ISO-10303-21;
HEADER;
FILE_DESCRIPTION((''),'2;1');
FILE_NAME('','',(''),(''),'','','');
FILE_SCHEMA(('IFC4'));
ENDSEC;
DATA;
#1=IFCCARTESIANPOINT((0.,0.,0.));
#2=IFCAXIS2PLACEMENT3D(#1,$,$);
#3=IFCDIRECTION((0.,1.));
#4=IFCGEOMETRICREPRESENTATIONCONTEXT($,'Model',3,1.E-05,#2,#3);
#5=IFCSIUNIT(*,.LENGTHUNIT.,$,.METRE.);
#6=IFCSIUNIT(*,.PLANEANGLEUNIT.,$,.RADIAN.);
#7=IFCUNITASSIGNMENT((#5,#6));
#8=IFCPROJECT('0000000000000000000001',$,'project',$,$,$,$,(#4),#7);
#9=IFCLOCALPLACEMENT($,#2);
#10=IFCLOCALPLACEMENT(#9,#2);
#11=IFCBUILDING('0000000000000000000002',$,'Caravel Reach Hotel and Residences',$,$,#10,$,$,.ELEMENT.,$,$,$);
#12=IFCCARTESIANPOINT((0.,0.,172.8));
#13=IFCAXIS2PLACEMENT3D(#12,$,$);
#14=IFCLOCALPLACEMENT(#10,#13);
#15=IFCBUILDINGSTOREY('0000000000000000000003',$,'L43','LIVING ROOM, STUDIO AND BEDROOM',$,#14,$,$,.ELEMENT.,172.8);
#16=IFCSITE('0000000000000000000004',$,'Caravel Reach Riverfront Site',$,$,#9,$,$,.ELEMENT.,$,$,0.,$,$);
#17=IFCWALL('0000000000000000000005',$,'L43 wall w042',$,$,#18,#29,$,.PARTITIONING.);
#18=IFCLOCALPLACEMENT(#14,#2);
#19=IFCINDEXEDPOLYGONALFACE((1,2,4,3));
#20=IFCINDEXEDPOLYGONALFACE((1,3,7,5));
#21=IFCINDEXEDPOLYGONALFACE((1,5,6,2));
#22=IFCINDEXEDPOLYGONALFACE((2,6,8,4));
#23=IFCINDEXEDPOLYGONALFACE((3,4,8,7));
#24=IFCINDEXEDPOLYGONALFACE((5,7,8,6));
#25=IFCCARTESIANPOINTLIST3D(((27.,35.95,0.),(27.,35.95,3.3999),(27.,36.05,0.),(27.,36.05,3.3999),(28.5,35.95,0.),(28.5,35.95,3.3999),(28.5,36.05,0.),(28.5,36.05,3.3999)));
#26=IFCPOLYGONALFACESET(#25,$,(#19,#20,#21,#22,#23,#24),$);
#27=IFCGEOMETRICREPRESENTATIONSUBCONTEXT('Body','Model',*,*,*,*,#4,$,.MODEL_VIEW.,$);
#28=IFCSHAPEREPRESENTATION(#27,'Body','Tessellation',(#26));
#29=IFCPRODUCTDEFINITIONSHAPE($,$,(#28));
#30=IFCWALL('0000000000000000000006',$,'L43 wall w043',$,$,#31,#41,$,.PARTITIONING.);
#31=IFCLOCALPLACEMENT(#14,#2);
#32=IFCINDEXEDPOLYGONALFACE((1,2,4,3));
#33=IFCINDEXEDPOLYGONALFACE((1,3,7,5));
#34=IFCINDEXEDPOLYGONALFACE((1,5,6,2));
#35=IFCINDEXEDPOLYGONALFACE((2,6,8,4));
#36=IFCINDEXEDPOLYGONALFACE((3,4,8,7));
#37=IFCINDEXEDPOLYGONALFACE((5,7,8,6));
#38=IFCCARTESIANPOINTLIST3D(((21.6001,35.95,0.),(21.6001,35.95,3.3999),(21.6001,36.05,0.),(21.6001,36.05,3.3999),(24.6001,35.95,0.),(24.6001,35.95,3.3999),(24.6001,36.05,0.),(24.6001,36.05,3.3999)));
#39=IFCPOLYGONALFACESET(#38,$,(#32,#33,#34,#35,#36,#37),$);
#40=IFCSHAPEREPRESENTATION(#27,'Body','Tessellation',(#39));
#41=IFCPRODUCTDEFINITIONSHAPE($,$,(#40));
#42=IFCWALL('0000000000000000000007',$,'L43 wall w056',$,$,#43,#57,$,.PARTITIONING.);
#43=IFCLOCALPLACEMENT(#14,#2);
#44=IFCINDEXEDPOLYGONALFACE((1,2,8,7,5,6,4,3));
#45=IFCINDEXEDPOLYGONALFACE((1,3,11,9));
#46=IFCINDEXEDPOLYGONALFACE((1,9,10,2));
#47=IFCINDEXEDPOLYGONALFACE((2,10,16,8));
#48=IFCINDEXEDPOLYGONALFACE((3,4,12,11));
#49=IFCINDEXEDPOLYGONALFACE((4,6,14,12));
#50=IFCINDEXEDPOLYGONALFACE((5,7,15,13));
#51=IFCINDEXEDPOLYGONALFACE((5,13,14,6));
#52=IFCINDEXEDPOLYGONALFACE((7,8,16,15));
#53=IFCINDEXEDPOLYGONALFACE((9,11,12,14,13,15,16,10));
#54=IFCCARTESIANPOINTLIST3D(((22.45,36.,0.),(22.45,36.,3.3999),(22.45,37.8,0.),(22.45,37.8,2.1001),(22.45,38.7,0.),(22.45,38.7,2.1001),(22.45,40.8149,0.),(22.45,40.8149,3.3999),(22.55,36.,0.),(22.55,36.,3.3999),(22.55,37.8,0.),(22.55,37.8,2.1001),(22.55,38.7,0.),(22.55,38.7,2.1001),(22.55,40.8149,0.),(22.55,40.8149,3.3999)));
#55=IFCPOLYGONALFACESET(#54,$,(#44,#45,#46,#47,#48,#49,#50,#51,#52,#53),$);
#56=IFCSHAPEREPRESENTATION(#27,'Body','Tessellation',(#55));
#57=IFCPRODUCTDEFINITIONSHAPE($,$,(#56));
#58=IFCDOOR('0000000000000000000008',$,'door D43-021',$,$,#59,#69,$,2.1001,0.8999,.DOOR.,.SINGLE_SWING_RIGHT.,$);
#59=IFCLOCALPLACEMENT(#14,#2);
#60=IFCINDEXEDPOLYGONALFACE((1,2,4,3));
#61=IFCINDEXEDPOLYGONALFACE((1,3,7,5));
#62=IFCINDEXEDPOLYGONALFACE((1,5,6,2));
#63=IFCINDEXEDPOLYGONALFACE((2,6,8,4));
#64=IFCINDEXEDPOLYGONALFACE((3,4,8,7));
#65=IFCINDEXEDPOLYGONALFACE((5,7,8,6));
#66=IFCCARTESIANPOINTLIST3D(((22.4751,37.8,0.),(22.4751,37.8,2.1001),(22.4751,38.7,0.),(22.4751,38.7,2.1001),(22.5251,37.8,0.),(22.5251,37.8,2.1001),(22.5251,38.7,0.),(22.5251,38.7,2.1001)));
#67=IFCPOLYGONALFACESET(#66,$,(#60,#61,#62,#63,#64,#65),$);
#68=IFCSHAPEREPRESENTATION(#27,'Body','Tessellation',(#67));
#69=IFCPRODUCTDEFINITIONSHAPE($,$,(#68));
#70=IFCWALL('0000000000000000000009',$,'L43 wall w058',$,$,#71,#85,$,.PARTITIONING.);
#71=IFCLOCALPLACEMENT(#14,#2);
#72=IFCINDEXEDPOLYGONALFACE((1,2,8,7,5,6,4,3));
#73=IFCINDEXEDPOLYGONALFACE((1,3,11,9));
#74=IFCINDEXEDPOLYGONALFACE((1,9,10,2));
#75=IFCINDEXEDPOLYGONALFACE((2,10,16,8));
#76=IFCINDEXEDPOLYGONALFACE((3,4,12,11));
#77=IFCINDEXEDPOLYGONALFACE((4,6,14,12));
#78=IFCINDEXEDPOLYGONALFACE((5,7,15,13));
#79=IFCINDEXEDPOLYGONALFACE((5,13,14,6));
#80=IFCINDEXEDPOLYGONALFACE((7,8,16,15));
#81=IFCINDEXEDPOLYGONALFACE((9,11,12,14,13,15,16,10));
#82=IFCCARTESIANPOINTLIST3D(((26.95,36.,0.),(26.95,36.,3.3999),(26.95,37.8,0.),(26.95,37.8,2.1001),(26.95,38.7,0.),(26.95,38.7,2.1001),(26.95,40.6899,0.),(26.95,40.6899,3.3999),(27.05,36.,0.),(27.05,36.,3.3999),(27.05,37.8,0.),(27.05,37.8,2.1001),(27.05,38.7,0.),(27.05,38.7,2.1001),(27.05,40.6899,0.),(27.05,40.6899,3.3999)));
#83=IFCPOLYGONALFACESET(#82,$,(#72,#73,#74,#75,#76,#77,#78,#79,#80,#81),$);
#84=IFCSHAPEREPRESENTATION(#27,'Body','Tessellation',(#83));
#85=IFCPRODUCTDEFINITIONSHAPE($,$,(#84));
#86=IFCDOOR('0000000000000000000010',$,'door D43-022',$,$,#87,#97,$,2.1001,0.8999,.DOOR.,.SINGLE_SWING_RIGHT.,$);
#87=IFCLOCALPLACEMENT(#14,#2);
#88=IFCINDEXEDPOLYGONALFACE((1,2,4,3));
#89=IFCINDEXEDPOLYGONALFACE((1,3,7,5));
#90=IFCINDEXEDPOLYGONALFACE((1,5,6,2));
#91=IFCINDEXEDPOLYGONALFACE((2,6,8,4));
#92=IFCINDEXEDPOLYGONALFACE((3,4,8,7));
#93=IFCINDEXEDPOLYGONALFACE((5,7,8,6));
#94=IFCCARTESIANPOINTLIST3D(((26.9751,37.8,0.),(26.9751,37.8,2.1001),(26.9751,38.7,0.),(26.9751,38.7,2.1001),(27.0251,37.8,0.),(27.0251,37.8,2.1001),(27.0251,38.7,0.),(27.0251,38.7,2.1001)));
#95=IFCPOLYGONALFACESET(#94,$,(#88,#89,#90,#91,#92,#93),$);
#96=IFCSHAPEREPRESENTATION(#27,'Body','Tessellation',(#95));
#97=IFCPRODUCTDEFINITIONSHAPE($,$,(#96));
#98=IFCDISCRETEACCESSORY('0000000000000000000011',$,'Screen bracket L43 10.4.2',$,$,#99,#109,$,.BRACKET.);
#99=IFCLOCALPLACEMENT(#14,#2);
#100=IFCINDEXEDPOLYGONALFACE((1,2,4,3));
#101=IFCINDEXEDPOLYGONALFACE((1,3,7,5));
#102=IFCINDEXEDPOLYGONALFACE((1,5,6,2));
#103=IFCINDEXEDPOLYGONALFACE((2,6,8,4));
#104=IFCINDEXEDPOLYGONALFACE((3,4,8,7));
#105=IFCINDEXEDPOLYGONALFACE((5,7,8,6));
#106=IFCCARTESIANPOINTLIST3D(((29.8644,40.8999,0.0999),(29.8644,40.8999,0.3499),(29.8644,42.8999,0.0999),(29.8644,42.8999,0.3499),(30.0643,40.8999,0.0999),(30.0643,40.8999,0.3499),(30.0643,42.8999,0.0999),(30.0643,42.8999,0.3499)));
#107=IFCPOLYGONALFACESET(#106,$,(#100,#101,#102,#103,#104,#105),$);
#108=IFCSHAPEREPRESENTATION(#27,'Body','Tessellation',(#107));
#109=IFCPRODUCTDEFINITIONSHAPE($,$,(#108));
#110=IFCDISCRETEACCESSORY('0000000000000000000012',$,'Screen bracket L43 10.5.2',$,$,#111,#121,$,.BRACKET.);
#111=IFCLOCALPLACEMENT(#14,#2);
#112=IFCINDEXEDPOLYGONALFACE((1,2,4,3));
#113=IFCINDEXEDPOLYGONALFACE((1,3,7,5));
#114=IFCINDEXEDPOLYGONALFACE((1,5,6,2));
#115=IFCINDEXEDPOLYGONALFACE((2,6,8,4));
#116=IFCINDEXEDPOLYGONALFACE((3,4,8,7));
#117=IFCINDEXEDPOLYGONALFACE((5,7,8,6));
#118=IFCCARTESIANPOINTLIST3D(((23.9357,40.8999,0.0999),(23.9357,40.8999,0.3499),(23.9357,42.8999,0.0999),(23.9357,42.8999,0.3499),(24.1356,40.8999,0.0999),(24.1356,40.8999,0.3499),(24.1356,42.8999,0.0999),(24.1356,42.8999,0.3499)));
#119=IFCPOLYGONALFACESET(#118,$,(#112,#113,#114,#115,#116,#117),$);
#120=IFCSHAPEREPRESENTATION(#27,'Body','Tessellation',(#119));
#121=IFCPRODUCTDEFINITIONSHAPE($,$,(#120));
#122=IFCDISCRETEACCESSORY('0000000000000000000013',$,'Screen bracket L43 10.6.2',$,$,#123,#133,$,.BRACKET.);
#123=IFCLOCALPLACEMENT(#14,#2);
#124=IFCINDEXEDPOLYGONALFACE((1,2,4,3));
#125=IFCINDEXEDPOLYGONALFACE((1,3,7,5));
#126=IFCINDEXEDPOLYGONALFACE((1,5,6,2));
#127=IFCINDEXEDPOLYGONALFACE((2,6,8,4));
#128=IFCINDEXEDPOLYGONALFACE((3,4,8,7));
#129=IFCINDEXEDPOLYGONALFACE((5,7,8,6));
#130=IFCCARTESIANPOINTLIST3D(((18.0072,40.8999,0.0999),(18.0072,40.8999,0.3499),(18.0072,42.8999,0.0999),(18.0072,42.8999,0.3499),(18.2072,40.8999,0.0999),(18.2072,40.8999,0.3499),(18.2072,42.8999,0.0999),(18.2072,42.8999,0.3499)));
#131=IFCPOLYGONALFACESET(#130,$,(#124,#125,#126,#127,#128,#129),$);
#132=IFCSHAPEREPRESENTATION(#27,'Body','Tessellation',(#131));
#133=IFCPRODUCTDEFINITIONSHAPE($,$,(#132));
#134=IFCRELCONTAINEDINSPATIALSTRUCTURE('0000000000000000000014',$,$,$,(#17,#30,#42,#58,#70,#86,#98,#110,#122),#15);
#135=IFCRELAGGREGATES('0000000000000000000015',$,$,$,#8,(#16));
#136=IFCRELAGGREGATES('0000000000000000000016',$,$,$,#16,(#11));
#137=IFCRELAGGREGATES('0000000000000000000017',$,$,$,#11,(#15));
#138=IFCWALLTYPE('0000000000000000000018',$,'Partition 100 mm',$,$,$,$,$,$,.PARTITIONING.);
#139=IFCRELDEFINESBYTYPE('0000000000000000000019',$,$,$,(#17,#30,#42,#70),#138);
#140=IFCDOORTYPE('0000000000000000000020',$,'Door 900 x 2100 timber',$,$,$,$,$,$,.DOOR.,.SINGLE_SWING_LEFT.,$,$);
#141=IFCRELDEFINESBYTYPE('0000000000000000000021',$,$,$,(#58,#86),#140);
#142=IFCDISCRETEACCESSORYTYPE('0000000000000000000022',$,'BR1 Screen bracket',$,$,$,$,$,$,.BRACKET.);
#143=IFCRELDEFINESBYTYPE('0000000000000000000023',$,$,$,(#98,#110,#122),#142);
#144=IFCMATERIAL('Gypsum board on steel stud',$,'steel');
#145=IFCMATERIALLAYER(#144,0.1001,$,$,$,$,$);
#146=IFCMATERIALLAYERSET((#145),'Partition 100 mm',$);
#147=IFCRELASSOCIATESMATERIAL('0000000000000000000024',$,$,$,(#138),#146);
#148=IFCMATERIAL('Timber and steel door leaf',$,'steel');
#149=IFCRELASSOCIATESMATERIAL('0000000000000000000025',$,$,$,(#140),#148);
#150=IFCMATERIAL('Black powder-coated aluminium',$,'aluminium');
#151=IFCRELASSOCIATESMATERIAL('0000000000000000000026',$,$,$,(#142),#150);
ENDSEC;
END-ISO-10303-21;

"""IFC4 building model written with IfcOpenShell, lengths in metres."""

from ifc_helpers import new_model, si_unit, direction, frame, frame_2d, origin, origin_2d, place, context, subcontext, project, spatial, rectangle, extrude, material, layer, layer_set, type_object, element, fill, save


model = new_model("IFC4")

# Units and contexts
model_context = context("Model", 3, precision=1e-05, world=origin(), true_north=direction((0.0, 1.0)))
body_context = subcontext(model_context, "Body", "Model", "MODEL_VIEW")
ifc_project = project(units=[si_unit("LENGTHUNIT", "METRE"), si_unit("PLANEANGLEUNIT", "RADIAN")], contexts=[model_context])

# Site, building, storey
site_placement = place(None, origin())
site = spatial("IfcSite", under=ifc_project, at=site_placement, Name="Caravel Reach Riverfront Site", CompositionType="ELEMENT", RefElevation=0.0)
building_placement = place(site_placement, origin())
building = spatial("IfcBuilding", under=site, at=building_placement, Name="Caravel Reach Hotel and Residences", CompositionType="ELEMENT")
storey_placement = place(building_placement, frame((0.0, 0.0, 172.8)))
storey = spatial("IfcBuildingStorey", under=building, at=storey_placement, Name="L43", Description="LIVING ROOM, STUDIO AND BEDROOM", CompositionType="ELEMENT", Elevation=172.8)

# Walls
ifc_material_1 = material(Name="Gypsum board on steel stud", Category="steel")
ifc_layer_1 = layer(ifc_material_1, 0.1001)
ifc_layer_set_1 = layer_set([ifc_layer_1], Name="Partition 100 mm")
wall_type_1 = type_object("IfcWallType", Name="Partition 100 mm", PredefinedType="PARTITIONING", material=ifc_layer_set_1)
wall_1_placement = place(storey_placement, frame((27.0, 36.0, 0.0), z_axis=(0.0, 0.0, 1.0), x_axis=(1.0, 0.0, 0.0)))
element("IfcWall", 1, at=wall_1_placement, inside=storey, type_object=wall_type_1, Name="L43 wall w042", PredefinedType="PARTITIONING", context=body_context, shape_type="SweptSolid", body=[
    extrude(rectangle(XDim=1.5, YDim=0.1001, at=frame_2d((0.75, 0.0))), origin(), (0.0, 0.0, 1.0), 3.3999),
])
wall_2_placement = place(storey_placement, frame((21.6001, 36.0, 0.0), z_axis=(0.0, 0.0, 1.0), x_axis=(1.0, 0.0, 0.0)))
element("IfcWall", 2, at=wall_2_placement, inside=storey, type_object=wall_type_1, Name="L43 wall w043", PredefinedType="PARTITIONING", context=body_context, shape_type="SweptSolid", body=[
    extrude(rectangle(XDim=3.0, YDim=0.1001, at=frame_2d((1.5, 0.0))), origin(), (0.0, 0.0, 1.0), 3.3999),
])

# Walls, openings, doors
wall_3_placement = place(storey_placement, frame((22.5, 36.0, 0.0), z_axis=(0.0, 0.0, 1.0), x_axis=(0.0, 1.0, 0.0)))
wall_3 = element("IfcWall", 3, at=wall_3_placement, inside=storey, type_object=wall_type_1, Name="L43 wall w056", PredefinedType="PARTITIONING", context=body_context, shape_type="SweptSolid", body=[
    extrude(rectangle(XDim=4.8149, YDim=0.1001, at=frame_2d((2.4075, 0.0))), origin(), (0.0, 0.0, 1.0), 3.3999),
])
opening_1_placement = place(wall_3_placement, frame((1.8, 0.0, 0.0)))
opening_1 = element("IfcOpeningElement", 4, at=opening_1_placement, cuts=wall_3, PredefinedType="OPENING", context=body_context, shape_type="SweptSolid", body=[
    extrude(rectangle(XDim=0.8999, YDim=2.1001, at=frame_2d((0.45, 1.05))), frame((0.0, 0.0601, 0.0), z_axis=(0.0, -1.0, 0.0), x_axis=(1.0, 0.0, 0.0)), (0.0, 0.0, 1.0), 0.1201),
])
ifc_material_2 = material(Name="Timber and steel door leaf", Category="steel")
door_type_1 = type_object("IfcDoorType", Name="Door 900 x 2100 timber", OperationType="SINGLE_SWING_LEFT", PredefinedType="DOOR", material=ifc_material_2)
door_1_placement = place(opening_1_placement, origin())
door_1 = element("IfcDoor", 5, at=door_1_placement, inside=storey, type_object=door_type_1, Name="door D43-021", OperationType="SINGLE_SWING_RIGHT", OverallHeight=2.1001, OverallWidth=0.8999, PredefinedType="DOOR", context=body_context, shape_type="SweptSolid", body=[
    extrude(rectangle(XDim=0.8999, YDim=2.1001, at=frame_2d((0.45, 1.05))), frame((0.0, 0.0249, 0.0), z_axis=(0.0, -1.0, 0.0), x_axis=(1.0, 0.0, 0.0)), (0.0, 0.0, 1.0), 0.05),
])
fill(opening_1, door_1)
wall_4_placement = place(storey_placement, frame((27.0, 36.0, 0.0), z_axis=(0.0, 0.0, 1.0), x_axis=(0.0, 1.0, 0.0)))
wall_4 = element("IfcWall", 6, at=wall_4_placement, inside=storey, type_object=wall_type_1, Name="L43 wall w058", PredefinedType="PARTITIONING", context=body_context, shape_type="SweptSolid", body=[
    extrude(rectangle(XDim=4.6899, YDim=0.1001, at=frame_2d((2.345, 0.0))), origin(), (0.0, 0.0, 1.0), 3.3999),
])
opening_2_placement = place(wall_4_placement, frame((1.8, 0.0, 0.0)))
opening_2 = element("IfcOpeningElement", 7, at=opening_2_placement, cuts=wall_4, PredefinedType="OPENING", context=body_context, shape_type="SweptSolid", body=[
    extrude(rectangle(XDim=0.8999, YDim=2.1001, at=frame_2d((0.45, 1.05))), frame((0.0, 0.0601, 0.0), z_axis=(0.0, -1.0, 0.0), x_axis=(1.0, 0.0, 0.0)), (0.0, 0.0, 1.0), 0.1201),
])
door_2_placement = place(opening_2_placement, origin())
door_2 = element("IfcDoor", 8, at=door_2_placement, inside=storey, type_object=door_type_1, Name="door D43-022", OperationType="SINGLE_SWING_RIGHT", OverallHeight=2.1001, OverallWidth=0.8999, PredefinedType="DOOR", context=body_context, shape_type="SweptSolid", body=[
    extrude(rectangle(XDim=0.8999, YDim=2.1001, at=frame_2d((0.45, 1.05))), frame((0.0, 0.0249, 0.0), z_axis=(0.0, -1.0, 0.0), x_axis=(1.0, 0.0, 0.0)), (0.0, 0.0, 1.0), 0.05),
])
fill(opening_2, door_2)

# Discrete accessories
ifc_material_3 = material(Name="Black powder-coated aluminium", Category="aluminium")
discrete_accessory_type = type_object("IfcDiscreteAccessoryType", Name="BR1 Screen bracket", PredefinedType="BRACKET", material=ifc_material_3)
for number, where, z_axis, x_axis, name in (
    (9, (29.9644, 41.8999, 0.0999), (0.0, 0.0, 1.0), (0.0, 1.0, 0.0), "Screen bracket L43 10.4.2"),
    (10, (24.0356, 41.8999, 0.0999), (0.0, 0.0, 1.0), (0.0, 1.0, 0.0), "Screen bracket L43 10.5.2"),
    (11, (18.1072, 41.8999, 0.0999), (0.0, 0.0, 1.0), (0.0, 1.0, 0.0), "Screen bracket L43 10.6.2"),
):
    element("IfcDiscreteAccessory", number, at=place(storey_placement, frame(where, z_axis=z_axis, x_axis=x_axis)), inside=storey, type_object=discrete_accessory_type, Name=name, PredefinedType="BRACKET", context=body_context, shape_type="SweptSolid", body=[
        extrude(rectangle(XDim=2.0, YDim=0.2, at=origin_2d()), origin(), (0.0, 0.0, 1.0), 0.25),
    ])

save(model, "model.ifc")
